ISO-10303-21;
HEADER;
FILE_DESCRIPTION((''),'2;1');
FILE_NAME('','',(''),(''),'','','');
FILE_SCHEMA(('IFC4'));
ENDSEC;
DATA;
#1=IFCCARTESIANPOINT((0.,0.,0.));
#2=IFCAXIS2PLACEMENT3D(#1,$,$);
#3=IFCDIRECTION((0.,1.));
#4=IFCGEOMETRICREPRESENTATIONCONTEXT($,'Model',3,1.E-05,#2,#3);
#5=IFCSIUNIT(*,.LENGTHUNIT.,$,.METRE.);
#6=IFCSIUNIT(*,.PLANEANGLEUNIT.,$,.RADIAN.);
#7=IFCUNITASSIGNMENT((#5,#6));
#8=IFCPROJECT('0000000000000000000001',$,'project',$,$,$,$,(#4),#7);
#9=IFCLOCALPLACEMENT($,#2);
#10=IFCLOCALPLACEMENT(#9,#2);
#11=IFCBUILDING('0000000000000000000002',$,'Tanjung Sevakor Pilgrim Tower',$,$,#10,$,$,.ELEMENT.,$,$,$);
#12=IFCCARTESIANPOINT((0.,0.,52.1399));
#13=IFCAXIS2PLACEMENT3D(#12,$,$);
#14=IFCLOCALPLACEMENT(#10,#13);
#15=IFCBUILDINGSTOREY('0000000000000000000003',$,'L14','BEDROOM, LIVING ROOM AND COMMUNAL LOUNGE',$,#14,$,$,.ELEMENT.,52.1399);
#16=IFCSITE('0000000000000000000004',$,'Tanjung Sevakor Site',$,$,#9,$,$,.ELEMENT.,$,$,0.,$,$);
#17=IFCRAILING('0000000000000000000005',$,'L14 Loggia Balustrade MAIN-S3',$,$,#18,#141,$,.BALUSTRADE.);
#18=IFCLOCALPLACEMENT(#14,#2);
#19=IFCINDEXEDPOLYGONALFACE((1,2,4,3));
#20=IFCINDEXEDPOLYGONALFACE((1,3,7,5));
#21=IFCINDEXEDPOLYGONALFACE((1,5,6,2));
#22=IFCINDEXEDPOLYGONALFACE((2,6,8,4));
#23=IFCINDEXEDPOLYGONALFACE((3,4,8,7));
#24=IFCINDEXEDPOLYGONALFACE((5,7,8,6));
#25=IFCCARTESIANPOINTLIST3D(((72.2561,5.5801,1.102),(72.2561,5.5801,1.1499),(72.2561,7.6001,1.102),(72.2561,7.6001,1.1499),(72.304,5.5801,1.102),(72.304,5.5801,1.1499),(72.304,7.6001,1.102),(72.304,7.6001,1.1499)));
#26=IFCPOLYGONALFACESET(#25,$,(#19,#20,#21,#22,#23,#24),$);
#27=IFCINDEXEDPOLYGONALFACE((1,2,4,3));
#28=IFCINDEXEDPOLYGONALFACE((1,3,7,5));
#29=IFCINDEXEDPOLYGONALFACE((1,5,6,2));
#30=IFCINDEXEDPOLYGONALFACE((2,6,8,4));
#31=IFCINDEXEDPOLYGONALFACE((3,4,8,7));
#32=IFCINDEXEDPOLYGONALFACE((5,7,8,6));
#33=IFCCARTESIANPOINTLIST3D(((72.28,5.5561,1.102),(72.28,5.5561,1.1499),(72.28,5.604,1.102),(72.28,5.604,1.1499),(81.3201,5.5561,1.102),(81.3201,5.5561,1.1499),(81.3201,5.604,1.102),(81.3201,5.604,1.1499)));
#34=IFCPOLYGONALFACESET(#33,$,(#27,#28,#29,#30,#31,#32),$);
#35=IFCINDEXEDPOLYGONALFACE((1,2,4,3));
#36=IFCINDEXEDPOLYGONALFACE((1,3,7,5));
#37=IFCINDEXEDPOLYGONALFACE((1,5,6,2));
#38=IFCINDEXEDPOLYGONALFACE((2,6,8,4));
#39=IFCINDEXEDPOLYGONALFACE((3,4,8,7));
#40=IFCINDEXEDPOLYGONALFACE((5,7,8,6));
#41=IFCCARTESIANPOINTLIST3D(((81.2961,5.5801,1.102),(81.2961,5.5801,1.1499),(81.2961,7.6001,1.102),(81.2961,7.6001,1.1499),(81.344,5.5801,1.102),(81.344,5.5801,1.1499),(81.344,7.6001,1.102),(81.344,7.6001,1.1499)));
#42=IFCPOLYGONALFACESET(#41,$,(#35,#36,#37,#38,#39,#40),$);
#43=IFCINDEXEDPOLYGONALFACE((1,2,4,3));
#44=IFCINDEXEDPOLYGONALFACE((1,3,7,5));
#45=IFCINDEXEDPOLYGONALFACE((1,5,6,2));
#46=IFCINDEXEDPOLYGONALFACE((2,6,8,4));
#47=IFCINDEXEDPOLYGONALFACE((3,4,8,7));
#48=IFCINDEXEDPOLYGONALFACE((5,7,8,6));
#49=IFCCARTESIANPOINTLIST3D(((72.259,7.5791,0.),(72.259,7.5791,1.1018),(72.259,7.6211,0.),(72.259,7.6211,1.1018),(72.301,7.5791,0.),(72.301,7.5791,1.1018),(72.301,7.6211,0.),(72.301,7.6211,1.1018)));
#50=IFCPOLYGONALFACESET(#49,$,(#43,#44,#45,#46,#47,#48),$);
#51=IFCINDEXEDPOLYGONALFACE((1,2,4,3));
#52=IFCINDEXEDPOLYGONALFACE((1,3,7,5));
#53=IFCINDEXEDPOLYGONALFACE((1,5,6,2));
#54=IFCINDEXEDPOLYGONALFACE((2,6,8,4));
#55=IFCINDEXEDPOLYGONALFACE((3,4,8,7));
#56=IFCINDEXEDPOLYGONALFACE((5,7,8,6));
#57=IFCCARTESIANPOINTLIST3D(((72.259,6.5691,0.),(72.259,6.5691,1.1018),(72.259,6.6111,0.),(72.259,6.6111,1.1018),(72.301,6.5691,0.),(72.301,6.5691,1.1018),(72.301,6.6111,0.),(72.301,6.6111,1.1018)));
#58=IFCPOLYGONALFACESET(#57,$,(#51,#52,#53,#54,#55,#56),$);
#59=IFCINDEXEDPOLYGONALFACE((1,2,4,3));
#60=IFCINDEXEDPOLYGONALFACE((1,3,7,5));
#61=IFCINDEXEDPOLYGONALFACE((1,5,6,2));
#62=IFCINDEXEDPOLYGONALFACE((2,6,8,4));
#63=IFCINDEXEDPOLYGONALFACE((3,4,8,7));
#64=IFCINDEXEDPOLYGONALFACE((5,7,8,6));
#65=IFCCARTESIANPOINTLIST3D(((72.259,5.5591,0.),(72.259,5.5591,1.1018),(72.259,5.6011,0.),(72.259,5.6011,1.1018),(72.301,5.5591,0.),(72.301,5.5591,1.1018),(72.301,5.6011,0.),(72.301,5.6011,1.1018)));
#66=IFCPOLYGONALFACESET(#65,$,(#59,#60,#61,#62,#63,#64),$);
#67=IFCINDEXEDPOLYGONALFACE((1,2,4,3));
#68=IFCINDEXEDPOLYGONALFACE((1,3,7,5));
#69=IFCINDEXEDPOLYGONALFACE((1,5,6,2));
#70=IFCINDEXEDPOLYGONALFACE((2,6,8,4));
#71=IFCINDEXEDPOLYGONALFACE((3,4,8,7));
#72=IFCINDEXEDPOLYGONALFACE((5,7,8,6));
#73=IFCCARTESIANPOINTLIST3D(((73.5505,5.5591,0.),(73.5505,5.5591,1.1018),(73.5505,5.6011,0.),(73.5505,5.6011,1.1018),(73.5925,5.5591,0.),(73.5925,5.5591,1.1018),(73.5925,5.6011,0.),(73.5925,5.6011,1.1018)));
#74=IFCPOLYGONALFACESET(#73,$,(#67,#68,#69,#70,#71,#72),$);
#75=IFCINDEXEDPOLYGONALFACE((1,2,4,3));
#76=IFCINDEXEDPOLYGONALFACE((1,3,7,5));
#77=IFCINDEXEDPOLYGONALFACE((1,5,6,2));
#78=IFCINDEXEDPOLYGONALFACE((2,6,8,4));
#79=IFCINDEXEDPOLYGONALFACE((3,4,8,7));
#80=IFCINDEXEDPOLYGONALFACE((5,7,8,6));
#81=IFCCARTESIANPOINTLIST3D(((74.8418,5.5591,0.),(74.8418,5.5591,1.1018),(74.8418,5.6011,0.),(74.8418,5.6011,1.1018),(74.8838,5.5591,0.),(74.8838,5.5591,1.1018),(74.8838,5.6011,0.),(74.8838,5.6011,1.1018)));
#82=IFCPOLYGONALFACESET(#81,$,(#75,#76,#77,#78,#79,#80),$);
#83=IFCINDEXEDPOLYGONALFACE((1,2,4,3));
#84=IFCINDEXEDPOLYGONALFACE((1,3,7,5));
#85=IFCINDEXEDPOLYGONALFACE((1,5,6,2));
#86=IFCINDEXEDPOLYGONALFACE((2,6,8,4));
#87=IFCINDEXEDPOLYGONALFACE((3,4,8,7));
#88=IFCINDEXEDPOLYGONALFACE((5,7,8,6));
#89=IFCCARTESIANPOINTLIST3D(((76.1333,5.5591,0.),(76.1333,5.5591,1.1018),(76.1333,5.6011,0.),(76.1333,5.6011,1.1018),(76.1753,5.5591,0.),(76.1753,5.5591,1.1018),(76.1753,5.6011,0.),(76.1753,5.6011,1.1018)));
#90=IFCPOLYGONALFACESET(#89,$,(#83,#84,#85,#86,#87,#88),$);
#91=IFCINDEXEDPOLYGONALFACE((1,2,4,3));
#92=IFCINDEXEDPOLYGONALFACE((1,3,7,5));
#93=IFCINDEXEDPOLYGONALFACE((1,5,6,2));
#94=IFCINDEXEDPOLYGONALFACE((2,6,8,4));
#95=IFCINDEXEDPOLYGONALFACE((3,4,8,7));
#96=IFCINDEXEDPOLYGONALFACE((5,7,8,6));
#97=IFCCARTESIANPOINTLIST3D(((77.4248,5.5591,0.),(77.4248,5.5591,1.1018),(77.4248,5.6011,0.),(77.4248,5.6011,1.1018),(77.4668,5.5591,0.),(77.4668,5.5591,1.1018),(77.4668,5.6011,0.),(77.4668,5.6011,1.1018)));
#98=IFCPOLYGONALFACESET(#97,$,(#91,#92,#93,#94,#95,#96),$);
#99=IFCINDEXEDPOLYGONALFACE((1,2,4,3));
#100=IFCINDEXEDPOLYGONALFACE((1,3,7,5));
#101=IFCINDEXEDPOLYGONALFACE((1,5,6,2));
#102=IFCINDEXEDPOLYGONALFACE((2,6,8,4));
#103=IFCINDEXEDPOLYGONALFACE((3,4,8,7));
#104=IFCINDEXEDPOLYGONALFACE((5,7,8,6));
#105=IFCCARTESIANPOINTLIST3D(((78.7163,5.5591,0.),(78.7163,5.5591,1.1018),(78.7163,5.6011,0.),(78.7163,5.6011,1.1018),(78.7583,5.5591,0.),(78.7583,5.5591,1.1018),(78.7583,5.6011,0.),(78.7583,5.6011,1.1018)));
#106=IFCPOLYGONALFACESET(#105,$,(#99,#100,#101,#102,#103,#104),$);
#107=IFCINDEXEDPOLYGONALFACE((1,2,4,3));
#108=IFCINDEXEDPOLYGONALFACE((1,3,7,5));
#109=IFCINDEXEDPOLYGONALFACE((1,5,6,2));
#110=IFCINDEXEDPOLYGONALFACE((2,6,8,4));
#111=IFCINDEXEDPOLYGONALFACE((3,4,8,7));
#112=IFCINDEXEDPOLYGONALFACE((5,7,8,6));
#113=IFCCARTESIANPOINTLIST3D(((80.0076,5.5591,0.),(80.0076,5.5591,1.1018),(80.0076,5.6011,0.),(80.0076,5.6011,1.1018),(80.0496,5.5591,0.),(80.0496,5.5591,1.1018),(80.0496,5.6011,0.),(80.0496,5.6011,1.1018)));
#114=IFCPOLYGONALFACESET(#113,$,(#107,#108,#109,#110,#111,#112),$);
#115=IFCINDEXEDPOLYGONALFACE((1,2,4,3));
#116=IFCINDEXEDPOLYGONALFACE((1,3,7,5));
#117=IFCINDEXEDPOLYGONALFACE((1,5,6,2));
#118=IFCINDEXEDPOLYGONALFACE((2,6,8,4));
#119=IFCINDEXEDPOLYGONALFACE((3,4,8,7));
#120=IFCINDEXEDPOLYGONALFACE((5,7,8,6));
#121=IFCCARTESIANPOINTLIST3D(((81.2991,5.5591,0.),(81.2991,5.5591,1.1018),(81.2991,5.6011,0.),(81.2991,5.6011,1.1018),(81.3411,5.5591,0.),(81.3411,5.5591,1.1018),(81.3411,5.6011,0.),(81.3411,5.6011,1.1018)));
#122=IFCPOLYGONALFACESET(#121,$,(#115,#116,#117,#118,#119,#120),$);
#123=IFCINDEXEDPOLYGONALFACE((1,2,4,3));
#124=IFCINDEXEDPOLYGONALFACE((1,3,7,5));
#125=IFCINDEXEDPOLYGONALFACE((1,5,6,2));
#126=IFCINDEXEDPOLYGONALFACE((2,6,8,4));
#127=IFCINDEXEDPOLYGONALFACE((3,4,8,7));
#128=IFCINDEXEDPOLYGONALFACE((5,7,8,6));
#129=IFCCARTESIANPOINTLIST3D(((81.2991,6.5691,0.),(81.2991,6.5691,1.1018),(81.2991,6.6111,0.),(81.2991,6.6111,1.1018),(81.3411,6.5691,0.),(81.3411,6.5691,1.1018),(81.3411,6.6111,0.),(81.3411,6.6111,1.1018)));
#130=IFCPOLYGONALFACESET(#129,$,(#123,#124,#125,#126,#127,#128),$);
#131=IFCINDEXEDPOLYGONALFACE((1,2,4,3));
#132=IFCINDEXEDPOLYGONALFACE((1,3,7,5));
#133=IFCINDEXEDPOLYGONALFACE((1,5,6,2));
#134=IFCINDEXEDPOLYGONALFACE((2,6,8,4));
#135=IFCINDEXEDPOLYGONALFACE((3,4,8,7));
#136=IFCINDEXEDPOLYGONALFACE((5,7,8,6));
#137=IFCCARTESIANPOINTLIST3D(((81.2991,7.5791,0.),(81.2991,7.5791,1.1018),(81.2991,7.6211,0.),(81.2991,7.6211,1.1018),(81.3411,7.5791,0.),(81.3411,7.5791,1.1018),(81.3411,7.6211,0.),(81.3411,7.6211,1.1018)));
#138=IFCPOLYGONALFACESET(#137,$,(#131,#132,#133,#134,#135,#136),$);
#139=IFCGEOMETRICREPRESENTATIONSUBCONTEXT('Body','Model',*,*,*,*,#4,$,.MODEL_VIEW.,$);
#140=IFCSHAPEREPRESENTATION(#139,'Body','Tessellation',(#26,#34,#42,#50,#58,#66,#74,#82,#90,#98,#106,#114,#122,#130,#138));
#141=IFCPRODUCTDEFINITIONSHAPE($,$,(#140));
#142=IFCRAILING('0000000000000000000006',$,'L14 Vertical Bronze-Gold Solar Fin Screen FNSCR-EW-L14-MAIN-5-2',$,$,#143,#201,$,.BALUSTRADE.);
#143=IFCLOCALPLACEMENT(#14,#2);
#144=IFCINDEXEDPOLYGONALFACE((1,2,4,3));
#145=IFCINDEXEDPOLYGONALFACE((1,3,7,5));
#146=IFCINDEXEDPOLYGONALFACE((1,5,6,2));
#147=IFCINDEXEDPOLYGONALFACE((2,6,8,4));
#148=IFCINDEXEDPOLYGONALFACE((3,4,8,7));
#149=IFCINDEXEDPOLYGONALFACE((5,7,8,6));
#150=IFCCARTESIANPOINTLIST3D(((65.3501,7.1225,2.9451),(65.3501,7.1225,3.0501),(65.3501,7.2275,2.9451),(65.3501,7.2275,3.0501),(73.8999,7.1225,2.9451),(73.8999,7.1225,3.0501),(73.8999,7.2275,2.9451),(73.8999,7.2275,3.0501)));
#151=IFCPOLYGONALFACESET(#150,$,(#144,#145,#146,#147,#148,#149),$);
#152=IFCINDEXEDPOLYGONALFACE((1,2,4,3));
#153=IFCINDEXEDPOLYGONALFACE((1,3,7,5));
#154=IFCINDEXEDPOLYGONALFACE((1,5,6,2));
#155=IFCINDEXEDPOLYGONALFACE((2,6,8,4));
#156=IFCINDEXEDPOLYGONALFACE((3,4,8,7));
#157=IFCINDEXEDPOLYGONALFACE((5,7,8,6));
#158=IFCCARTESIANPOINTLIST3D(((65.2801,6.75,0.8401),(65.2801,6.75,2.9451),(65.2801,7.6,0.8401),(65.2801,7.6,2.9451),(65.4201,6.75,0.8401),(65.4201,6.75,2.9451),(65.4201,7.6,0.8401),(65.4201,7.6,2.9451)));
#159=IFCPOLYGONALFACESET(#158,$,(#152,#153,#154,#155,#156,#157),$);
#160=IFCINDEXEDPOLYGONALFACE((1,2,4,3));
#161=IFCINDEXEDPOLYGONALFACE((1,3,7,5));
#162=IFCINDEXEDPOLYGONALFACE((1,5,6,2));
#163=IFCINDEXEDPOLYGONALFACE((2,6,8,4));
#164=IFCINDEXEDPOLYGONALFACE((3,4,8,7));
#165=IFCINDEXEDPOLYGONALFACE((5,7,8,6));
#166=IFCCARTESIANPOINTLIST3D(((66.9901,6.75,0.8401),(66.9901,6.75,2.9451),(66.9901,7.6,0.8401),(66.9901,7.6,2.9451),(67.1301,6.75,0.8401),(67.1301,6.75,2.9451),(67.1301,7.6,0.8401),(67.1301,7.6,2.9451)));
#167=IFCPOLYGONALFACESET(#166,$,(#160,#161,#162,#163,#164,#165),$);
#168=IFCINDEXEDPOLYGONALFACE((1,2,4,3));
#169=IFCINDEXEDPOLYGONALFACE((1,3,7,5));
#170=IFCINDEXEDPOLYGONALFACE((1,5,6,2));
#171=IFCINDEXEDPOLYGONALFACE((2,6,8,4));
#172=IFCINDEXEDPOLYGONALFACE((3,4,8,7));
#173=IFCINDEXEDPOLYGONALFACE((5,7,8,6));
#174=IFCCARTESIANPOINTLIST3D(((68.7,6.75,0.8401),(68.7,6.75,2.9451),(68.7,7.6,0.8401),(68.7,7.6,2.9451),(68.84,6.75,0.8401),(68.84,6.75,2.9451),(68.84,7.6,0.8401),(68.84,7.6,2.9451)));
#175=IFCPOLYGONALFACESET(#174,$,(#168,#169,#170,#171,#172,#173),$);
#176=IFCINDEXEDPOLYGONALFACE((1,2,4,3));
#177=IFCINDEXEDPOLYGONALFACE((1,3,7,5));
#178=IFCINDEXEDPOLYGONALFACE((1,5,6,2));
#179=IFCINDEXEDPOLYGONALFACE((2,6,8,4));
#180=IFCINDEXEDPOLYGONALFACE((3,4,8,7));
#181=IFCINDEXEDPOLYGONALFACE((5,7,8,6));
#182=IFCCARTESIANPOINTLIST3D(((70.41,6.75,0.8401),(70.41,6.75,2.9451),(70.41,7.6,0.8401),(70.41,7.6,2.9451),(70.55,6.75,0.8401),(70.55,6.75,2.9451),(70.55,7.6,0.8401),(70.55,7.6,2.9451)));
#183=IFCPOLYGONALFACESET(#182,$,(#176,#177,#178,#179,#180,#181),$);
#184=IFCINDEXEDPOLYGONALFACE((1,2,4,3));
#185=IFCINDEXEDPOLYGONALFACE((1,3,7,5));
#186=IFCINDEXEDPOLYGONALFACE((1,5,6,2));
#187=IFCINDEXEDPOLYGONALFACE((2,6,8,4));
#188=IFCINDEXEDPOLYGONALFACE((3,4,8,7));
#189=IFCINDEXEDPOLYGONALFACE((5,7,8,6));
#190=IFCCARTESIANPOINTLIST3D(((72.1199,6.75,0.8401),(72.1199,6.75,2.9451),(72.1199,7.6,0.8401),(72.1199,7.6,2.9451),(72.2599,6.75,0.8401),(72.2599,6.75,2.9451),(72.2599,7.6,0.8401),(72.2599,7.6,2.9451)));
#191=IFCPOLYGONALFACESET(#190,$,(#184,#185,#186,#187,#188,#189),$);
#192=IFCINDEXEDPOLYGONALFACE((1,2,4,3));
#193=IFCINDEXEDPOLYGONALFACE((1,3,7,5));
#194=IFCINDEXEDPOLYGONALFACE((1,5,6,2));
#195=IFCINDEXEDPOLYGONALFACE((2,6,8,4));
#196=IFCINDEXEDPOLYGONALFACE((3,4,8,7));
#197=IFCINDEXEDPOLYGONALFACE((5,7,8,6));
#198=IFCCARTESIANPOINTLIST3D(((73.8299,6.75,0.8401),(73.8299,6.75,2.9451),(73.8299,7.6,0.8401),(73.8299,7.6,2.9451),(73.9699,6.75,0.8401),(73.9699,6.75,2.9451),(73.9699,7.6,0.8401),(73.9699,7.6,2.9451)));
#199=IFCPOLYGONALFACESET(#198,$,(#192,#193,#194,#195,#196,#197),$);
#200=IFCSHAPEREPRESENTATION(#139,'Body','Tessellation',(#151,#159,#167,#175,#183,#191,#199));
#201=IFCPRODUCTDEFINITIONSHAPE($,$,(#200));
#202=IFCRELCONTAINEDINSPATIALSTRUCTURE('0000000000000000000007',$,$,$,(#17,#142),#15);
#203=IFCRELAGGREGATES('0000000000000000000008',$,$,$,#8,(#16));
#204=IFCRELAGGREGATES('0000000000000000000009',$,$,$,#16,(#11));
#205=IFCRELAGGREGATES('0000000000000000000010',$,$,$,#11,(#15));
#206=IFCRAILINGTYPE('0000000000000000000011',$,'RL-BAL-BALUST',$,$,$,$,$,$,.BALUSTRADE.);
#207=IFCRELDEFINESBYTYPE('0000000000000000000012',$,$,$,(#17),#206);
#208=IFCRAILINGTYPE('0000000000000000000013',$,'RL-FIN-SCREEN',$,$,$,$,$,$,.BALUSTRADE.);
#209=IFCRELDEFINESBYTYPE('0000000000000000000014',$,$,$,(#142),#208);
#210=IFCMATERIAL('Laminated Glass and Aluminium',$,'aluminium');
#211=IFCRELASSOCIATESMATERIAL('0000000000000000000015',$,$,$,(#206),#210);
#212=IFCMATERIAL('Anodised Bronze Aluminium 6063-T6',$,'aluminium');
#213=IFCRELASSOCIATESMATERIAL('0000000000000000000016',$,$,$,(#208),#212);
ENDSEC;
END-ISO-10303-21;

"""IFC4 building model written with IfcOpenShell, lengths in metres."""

from ifc_helpers import new_model, si_unit, direction, frame, origin, place, context, subcontext, project, spatial, rectangle, extrude, material, type_object, element, save


model = new_model("IFC4")

# Units and contexts
model_context = context("Model", 3, precision=1e-05, world=origin(), true_north=direction((0.0, 1.0)))
body_context = subcontext(model_context, "Body", "Model", "MODEL_VIEW")
ifc_project = project(units=[si_unit("LENGTHUNIT", "METRE"), si_unit("PLANEANGLEUNIT", "RADIAN")], contexts=[model_context])

# Site, building, storey
site_placement = place(None, origin())
site = spatial("IfcSite", under=ifc_project, at=site_placement, Name="Tanjung Sevakor Site", CompositionType="ELEMENT", RefElevation=0.0)
building_placement = place(site_placement, origin())
building = spatial("IfcBuilding", under=site, at=building_placement, Name="Tanjung Sevakor Pilgrim Tower", CompositionType="ELEMENT")
storey_placement = place(building_placement, frame((0.0, 0.0, 52.1399)))
storey = spatial("IfcBuildingStorey", under=building, at=storey_placement, Name="L14", Description="BEDROOM, LIVING ROOM AND COMMUNAL LOUNGE", CompositionType="ELEMENT", Elevation=52.1399)

# Railings
ifc_material_1 = material(Name="Laminated Glass and Aluminium", Category="aluminium")
railing_type_1 = type_object("IfcRailingType", Name="RL-BAL-BALUST", PredefinedType="BALUSTRADE", material=ifc_material_1)
railing_1_placement = place(storey_placement, frame((72.28, 7.6001, 0.0)))
element("IfcRailing", 1, at=railing_1_placement, inside=storey, type_object=railing_type_1, Name="L14 Loggia Balustrade MAIN-S3", PredefinedType="BALUSTRADE", context=body_context, shape_type="SweptSolid", body=[
    extrude(rectangle(XDim=0.0479, YDim=0.0479), frame((0.0, 0.0, 1.126), z_axis=(0.0, -1.0, 0.0), x_axis=(1.0, 0.0, 0.0)), (0.0, 0.0, 1.0), 2.02),
    extrude(rectangle(XDim=0.0479, YDim=0.0479), frame((0.0, -2.02, 1.126), z_axis=(1.0, 0.0, 0.0), x_axis=(0.0, 1.0, 0.0)), (0.0, 0.0, 1.0), 9.04),
    extrude(rectangle(XDim=0.0479, YDim=0.0479), frame((9.04, -2.02, 1.126), z_axis=(0.0, 1.0, 0.0), x_axis=(-1.0, 0.0, 0.0)), (0.0, 0.0, 1.0), 2.02),
    extrude(rectangle(XDim=0.042, YDim=0.042), origin(), (0.0, 0.0, 1.0), 1.1018),
    extrude(rectangle(XDim=0.042, YDim=0.042), frame((0.0, -1.01, 0.0)), (0.0, 0.0, 1.0), 1.1018),
    extrude(rectangle(XDim=0.042, YDim=0.042), frame((0.0, -2.02, 0.0)), (0.0, 0.0, 1.0), 1.1018),
    extrude(rectangle(XDim=0.042, YDim=0.042), frame((1.2915, -2.02, 0.0)), (0.0, 0.0, 1.0), 1.1018),
    extrude(rectangle(XDim=0.042, YDim=0.042), frame((2.5828, -2.02, 0.0)), (0.0, 0.0, 1.0), 1.1018),
    extrude(rectangle(XDim=0.042, YDim=0.042), frame((3.8743, -2.02, 0.0)), (0.0, 0.0, 1.0), 1.1018),
    extrude(rectangle(XDim=0.042, YDim=0.042), frame((5.1658, -2.02, 0.0)), (0.0, 0.0, 1.0), 1.1018),
    extrude(rectangle(XDim=0.042, YDim=0.042), frame((6.4573, -2.02, 0.0)), (0.0, 0.0, 1.0), 1.1018),
    extrude(rectangle(XDim=0.042, YDim=0.042), frame((7.7485, -2.02, 0.0)), (0.0, 0.0, 1.0), 1.1018),
    extrude(rectangle(XDim=0.042, YDim=0.042), frame((9.04, -2.02, 0.0)), (0.0, 0.0, 1.0), 1.1018),
    extrude(rectangle(XDim=0.042, YDim=0.042), frame((9.04, -1.01, 0.0)), (0.0, 0.0, 1.0), 1.1018),
    extrude(rectangle(XDim=0.042, YDim=0.042), frame((9.04, 0.0, 0.0)), (0.0, 0.0, 1.0), 1.1018),
])
ifc_material_2 = material(Name="Anodised Bronze Aluminium 6063-T6", Category="aluminium")
railing_type_2 = type_object("IfcRailingType", Name="RL-FIN-SCREEN", PredefinedType="BALUSTRADE", material=ifc_material_2)
railing_2_placement = place(storey_placement, frame((65.3501, 7.175, 0.8401)))
element("IfcRailing", 2, at=railing_2_placement, inside=storey, type_object=railing_type_2, Name="L14 Vertical Bronze-Gold Solar Fin Screen FNSCR-EW-L14-MAIN-5-2", PredefinedType="BALUSTRADE", context=body_context, shape_type="SweptSolid", body=[
    extrude(rectangle(XDim=0.105, YDim=0.105), frame((0.0, 0.0, 2.1575), z_axis=(1.0, 0.0, 0.0), x_axis=(0.0, 1.0, 0.0)), (0.0, 0.0, 1.0), 8.5498),
    extrude(rectangle(XDim=0.14, YDim=0.85), origin(), (0.0, 0.0, 1.0), 2.105),
    extrude(rectangle(XDim=0.14, YDim=0.85), frame((1.71, 0.0, 0.0)), (0.0, 0.0, 1.0), 2.105),
    extrude(rectangle(XDim=0.14, YDim=0.85), frame((3.4199, 0.0, 0.0)), (0.0, 0.0, 1.0), 2.105),
    extrude(rectangle(XDim=0.14, YDim=0.85), frame((5.1299, 0.0, 0.0)), (0.0, 0.0, 1.0), 2.105),
    extrude(rectangle(XDim=0.14, YDim=0.85), frame((6.8398, 0.0, 0.0)), (0.0, 0.0, 1.0), 2.105),
    extrude(rectangle(XDim=0.14, YDim=0.85), frame((8.5498, 0.0, 0.0)), (0.0, 0.0, 1.0), 2.105),
])

save(model, "model.ifc")
